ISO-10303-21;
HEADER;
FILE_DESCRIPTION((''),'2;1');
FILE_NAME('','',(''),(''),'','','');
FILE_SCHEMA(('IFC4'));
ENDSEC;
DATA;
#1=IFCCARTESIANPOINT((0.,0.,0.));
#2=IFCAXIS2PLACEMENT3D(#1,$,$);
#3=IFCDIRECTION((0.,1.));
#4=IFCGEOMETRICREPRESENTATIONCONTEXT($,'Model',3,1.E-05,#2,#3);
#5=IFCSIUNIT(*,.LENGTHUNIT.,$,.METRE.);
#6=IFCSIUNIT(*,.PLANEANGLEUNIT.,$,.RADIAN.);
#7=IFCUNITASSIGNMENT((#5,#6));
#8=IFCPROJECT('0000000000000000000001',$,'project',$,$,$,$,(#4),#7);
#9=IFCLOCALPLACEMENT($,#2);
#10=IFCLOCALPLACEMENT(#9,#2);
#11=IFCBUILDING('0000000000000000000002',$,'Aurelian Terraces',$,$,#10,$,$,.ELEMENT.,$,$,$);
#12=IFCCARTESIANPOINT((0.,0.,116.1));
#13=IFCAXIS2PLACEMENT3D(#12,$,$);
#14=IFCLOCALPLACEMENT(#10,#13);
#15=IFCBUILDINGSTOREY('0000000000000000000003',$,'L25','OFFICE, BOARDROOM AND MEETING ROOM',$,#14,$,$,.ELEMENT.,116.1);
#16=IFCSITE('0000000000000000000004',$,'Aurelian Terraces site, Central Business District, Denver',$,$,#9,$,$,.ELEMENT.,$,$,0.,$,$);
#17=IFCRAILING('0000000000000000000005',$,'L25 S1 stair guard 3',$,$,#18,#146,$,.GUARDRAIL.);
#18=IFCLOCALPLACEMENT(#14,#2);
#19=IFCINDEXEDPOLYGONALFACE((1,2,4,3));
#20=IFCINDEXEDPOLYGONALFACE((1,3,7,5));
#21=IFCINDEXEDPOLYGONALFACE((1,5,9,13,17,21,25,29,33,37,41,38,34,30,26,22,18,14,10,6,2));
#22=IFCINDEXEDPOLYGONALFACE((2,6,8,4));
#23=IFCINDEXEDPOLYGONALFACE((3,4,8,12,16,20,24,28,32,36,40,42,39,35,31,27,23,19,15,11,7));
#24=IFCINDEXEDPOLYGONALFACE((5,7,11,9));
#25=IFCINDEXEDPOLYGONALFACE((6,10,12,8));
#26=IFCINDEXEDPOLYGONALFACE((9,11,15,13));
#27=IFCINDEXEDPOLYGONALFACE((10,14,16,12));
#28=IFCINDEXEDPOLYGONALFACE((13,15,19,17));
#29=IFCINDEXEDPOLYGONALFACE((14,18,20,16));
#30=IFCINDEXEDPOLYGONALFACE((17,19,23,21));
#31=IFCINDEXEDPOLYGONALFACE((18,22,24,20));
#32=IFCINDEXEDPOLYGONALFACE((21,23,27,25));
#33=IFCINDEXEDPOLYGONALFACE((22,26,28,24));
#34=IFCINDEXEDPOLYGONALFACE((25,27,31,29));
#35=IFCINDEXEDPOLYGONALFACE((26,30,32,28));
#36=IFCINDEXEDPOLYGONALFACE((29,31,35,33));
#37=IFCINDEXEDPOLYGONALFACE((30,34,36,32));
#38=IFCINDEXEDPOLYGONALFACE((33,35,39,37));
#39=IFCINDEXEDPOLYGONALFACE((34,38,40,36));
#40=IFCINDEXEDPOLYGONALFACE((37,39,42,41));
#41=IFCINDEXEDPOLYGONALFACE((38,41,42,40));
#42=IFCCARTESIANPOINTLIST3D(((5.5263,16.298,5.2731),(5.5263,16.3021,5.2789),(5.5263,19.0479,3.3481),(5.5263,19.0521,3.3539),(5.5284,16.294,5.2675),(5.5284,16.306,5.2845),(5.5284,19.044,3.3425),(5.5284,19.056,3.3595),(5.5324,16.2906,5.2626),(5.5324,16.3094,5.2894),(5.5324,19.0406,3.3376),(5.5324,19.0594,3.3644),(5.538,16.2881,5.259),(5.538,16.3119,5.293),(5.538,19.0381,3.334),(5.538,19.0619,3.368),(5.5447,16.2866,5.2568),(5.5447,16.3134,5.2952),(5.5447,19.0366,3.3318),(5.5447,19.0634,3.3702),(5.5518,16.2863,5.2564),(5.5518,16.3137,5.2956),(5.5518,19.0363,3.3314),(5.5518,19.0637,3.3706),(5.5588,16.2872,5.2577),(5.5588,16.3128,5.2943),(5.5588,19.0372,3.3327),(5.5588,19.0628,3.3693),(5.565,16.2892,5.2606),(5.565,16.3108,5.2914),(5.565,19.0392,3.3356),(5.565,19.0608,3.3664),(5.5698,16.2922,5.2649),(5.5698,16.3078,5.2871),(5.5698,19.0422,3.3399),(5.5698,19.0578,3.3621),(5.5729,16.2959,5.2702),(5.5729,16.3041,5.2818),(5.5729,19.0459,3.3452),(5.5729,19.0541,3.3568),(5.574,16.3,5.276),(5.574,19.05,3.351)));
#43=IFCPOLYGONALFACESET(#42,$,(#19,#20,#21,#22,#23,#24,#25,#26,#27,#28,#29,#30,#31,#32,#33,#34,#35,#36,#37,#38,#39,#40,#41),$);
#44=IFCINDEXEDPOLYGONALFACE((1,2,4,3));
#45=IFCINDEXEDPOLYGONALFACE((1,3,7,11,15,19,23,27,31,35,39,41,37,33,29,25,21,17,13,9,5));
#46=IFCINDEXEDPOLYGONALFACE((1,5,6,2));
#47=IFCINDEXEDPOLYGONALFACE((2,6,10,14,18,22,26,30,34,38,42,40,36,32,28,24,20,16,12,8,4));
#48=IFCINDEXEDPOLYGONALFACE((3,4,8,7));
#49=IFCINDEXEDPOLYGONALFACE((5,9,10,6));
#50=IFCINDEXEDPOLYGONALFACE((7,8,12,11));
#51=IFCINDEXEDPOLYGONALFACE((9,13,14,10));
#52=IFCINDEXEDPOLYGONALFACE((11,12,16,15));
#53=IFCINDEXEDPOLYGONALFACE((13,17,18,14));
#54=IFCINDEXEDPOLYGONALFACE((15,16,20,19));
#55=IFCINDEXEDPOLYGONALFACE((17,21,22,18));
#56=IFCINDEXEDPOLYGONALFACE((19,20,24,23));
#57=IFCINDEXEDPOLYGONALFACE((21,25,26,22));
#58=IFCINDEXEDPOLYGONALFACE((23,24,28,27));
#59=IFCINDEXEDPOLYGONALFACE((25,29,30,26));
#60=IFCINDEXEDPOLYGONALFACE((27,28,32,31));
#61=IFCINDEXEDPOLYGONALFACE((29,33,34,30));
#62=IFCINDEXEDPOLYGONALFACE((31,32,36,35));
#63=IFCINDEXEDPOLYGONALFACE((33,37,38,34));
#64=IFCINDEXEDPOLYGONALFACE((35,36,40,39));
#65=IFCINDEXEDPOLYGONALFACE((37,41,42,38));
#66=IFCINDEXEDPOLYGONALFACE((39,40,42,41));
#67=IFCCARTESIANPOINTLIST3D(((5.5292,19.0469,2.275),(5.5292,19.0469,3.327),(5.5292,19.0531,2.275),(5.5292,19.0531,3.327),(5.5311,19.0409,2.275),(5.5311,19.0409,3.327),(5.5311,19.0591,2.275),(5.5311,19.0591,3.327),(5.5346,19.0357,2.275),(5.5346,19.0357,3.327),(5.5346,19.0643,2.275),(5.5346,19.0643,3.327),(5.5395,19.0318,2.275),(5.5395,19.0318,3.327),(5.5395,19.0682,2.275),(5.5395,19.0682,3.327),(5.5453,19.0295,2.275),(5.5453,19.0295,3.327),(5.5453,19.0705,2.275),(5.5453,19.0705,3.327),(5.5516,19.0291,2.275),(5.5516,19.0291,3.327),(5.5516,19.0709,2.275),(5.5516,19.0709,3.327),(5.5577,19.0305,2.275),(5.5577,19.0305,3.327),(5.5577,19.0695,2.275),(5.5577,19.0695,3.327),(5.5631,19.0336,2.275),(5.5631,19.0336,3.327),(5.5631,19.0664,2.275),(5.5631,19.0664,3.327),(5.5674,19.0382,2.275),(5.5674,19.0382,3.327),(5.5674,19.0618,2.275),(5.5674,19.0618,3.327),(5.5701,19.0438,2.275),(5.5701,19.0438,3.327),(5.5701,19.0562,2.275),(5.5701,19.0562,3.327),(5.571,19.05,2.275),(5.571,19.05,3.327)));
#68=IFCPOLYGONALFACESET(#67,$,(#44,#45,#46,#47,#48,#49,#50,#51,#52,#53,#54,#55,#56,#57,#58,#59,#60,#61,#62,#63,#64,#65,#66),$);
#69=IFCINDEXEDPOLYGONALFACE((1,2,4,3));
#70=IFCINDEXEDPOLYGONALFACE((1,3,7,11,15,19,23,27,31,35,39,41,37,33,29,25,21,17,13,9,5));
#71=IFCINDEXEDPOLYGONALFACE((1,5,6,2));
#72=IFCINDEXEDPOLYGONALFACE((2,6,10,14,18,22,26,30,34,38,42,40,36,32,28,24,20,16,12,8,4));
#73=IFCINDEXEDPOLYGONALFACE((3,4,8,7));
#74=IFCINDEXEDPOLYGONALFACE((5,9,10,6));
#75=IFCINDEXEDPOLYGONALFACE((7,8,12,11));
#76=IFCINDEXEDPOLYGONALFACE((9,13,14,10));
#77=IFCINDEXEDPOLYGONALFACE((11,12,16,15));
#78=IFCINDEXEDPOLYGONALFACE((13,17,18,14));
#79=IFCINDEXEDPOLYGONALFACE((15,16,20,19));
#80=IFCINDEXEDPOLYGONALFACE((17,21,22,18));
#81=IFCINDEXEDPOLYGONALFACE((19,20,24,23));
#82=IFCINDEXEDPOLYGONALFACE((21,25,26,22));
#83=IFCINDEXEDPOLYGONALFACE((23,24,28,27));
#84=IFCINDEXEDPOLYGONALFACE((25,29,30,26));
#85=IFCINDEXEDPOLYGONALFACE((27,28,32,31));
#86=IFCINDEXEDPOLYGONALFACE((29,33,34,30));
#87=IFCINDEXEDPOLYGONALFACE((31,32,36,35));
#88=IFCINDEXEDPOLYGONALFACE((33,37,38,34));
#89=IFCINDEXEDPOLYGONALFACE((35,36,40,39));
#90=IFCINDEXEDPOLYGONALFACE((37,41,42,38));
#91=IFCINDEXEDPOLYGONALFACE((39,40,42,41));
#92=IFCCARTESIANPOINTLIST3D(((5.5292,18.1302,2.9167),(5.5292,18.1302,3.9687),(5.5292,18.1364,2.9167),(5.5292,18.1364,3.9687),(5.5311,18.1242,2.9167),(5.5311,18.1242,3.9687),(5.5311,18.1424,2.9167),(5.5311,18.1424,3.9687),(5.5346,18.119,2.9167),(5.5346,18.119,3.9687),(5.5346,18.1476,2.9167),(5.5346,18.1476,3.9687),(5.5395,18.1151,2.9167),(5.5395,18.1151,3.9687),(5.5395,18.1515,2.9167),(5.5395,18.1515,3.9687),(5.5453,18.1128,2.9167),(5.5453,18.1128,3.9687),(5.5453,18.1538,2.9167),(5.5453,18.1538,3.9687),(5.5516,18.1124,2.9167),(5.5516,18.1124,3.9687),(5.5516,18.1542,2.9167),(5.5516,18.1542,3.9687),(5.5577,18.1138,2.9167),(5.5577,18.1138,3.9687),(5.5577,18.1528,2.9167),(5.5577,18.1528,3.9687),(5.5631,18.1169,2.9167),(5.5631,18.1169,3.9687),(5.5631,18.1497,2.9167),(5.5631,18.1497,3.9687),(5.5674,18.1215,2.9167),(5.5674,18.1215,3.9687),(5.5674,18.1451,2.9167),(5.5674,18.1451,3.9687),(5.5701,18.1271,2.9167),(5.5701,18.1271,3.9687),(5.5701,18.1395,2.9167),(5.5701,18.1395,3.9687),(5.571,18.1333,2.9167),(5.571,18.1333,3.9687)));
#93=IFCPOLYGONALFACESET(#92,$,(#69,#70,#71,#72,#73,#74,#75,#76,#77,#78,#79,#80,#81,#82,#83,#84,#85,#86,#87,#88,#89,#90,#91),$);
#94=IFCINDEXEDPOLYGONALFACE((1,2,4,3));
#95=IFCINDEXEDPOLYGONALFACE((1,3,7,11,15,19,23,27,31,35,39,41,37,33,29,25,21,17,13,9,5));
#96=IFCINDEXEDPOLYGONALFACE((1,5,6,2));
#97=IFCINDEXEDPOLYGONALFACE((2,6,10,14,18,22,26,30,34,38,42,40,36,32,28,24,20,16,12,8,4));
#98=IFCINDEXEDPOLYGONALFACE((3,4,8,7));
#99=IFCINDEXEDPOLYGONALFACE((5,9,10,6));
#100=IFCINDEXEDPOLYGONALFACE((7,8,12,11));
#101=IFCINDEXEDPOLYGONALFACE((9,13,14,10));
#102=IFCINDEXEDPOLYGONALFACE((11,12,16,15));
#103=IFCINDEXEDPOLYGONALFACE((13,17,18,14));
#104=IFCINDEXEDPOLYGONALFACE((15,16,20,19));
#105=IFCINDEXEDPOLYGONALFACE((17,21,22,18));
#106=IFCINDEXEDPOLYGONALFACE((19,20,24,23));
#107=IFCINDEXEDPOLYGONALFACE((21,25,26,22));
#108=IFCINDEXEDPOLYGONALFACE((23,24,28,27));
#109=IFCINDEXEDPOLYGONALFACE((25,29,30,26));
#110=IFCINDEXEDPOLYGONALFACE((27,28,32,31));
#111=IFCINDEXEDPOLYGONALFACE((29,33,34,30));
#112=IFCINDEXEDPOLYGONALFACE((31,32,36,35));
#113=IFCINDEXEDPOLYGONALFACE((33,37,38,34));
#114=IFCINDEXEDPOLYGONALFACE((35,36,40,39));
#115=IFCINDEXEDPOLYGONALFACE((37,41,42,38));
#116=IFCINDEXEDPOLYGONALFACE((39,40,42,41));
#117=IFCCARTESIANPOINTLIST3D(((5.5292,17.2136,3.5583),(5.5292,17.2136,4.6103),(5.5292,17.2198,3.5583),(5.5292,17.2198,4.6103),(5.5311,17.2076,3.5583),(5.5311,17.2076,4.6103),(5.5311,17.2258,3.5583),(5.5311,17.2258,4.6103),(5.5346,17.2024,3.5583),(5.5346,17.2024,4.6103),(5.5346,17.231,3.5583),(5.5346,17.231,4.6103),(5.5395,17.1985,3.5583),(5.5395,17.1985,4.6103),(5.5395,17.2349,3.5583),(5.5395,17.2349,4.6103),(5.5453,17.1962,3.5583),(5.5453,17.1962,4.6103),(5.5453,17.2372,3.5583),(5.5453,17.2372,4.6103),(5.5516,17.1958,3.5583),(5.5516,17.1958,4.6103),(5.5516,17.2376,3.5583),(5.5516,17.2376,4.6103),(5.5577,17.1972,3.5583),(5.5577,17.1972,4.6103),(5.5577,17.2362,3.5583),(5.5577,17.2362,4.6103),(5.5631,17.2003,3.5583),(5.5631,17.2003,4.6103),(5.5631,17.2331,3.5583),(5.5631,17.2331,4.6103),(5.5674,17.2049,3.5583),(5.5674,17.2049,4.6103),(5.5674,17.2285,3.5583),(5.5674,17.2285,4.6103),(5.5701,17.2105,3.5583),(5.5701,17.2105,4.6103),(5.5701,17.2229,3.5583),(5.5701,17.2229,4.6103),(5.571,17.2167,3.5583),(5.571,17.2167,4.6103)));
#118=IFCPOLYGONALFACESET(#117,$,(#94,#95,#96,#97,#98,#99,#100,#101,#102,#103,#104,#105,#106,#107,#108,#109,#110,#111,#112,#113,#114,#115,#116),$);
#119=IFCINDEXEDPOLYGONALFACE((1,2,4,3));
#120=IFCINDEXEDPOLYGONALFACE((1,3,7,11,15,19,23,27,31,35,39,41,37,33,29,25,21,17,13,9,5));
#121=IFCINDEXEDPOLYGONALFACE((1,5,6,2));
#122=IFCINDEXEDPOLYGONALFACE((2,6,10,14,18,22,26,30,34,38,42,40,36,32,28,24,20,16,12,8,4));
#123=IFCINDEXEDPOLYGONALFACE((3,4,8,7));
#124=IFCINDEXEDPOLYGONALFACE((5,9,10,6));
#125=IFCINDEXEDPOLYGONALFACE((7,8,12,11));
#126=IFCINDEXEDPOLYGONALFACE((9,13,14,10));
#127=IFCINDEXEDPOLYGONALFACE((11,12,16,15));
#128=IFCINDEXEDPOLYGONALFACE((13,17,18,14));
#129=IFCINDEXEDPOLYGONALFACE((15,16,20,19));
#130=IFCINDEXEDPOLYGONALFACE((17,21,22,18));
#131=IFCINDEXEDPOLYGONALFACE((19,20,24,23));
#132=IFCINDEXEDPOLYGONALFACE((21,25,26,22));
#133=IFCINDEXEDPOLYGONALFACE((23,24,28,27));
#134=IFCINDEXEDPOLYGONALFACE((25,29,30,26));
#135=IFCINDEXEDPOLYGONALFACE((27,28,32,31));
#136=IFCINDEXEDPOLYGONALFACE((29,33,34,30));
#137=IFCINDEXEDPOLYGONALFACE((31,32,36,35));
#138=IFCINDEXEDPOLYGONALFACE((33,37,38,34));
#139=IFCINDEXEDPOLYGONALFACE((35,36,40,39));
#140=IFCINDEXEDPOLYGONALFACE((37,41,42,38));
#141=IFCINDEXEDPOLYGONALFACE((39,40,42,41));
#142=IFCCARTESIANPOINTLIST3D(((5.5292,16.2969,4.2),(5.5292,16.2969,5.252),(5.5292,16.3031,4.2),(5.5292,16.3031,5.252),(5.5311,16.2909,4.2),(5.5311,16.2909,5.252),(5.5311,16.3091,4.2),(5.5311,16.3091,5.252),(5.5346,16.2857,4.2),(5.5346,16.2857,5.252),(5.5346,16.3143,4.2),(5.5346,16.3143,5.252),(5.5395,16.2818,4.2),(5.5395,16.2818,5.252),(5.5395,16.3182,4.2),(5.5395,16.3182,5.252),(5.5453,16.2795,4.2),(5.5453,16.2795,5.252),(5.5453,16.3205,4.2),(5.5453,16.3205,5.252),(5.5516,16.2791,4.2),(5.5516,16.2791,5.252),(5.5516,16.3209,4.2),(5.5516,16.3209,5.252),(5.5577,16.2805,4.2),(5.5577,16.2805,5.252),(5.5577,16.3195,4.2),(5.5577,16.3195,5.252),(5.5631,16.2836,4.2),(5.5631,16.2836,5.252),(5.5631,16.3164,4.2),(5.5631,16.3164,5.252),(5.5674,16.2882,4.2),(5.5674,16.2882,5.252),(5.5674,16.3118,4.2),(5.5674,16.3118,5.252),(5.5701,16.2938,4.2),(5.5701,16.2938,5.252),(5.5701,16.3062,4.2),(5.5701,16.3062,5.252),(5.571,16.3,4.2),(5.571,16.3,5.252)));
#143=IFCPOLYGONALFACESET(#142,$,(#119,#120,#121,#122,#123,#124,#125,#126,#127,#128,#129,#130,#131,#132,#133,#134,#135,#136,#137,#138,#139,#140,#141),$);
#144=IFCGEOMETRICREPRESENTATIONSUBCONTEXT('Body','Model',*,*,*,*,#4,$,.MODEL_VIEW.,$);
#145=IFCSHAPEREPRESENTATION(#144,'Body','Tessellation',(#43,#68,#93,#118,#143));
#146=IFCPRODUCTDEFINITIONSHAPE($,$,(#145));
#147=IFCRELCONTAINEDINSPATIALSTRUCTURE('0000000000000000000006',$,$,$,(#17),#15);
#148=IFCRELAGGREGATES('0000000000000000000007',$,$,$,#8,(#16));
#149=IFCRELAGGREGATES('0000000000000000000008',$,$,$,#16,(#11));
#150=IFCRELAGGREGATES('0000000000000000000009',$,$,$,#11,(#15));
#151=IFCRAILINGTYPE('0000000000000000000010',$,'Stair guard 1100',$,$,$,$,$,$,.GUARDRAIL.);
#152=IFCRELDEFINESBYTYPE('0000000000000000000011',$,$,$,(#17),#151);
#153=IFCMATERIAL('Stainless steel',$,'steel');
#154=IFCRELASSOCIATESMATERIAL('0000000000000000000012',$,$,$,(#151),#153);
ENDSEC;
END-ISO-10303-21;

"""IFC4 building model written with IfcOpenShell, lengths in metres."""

from ifc_helpers import new_model, si_unit, direction, frame, origin, origin_2d, place, context, subcontext, project, spatial, circle, extrude, source, transform, mapped, material, type_object, element, save


model = new_model("IFC4")

# Units and contexts
model_context = context("Model", 3, precision=1e-05, world=origin(), true_north=direction((0.0, 1.0)))
body_context = subcontext(model_context, "Body", "Model", "MODEL_VIEW")
ifc_project = project(units=[si_unit("LENGTHUNIT", "METRE"), si_unit("PLANEANGLEUNIT", "RADIAN")], contexts=[model_context])

# Site, building, storey
site_placement = place(None, origin())
site = spatial("IfcSite", under=ifc_project, at=site_placement, Name="Aurelian Terraces site, Central Business District, Denver", CompositionType="ELEMENT", RefElevation=0.0)
building_placement = place(site_placement, origin())
building = spatial("IfcBuilding", under=site, at=building_placement, Name="Aurelian Terraces", CompositionType="ELEMENT")
storey_placement = place(building_placement, frame((0.0, 0.0, 116.1)))
storey = spatial("IfcBuildingStorey", under=building, at=storey_placement, Name="L25", Description="OFFICE, BOARDROOM AND MEETING ROOM", CompositionType="ELEMENT", Elevation=116.1)

# Railing
ifc_material_1 = material(Name="Stainless steel", Category="steel")
railing_type_1 = type_object("IfcRailingType", Name="Stair guard 1100", PredefinedType="GUARDRAIL", material=ifc_material_1)
shared_shape_1 = source(origin(), body_context, "Body", "SweptSolid", [
    extrude(circle(Radius=0.024, at=origin_2d()), frame((0.0, 0.0, 1.076), z_axis=(0.0, -0.819232, 0.573462), x_axis=(1.0, 0.0, 0.0)), (0.0, 0.0, 1.0), 3.3568),
    extrude(circle(Radius=0.021, at=origin_2d()), origin(), (0.0, 0.0, 1.0), 1.052),
    extrude(circle(Radius=0.021, at=origin_2d()), frame((0.0, -0.9167, 0.6417)), (0.0, 0.0, 1.0), 1.052),
    extrude(circle(Radius=0.021, at=origin_2d()), frame((0.0, -1.8333, 1.2833)), (0.0, 0.0, 1.0), 1.052),
    extrude(circle(Radius=0.021, at=origin_2d()), frame((0.0, -2.75, 1.925)), (0.0, 0.0, 1.0), 1.052),
])
railing_1_placement = place(storey_placement, frame((5.55, 19.05, 2.275)))
element("IfcRailing", 1, at=railing_1_placement, inside=storey, type_object=railing_type_1, Name="L25 S1 stair guard 3", PredefinedType="GUARDRAIL", context=body_context, shape_type="MappedRepresentation", body=[
    mapped(shared_shape_1, transform((0.0, 0.0, 0.0), scale=1.0)),
])

save(model, "model.ifc")
